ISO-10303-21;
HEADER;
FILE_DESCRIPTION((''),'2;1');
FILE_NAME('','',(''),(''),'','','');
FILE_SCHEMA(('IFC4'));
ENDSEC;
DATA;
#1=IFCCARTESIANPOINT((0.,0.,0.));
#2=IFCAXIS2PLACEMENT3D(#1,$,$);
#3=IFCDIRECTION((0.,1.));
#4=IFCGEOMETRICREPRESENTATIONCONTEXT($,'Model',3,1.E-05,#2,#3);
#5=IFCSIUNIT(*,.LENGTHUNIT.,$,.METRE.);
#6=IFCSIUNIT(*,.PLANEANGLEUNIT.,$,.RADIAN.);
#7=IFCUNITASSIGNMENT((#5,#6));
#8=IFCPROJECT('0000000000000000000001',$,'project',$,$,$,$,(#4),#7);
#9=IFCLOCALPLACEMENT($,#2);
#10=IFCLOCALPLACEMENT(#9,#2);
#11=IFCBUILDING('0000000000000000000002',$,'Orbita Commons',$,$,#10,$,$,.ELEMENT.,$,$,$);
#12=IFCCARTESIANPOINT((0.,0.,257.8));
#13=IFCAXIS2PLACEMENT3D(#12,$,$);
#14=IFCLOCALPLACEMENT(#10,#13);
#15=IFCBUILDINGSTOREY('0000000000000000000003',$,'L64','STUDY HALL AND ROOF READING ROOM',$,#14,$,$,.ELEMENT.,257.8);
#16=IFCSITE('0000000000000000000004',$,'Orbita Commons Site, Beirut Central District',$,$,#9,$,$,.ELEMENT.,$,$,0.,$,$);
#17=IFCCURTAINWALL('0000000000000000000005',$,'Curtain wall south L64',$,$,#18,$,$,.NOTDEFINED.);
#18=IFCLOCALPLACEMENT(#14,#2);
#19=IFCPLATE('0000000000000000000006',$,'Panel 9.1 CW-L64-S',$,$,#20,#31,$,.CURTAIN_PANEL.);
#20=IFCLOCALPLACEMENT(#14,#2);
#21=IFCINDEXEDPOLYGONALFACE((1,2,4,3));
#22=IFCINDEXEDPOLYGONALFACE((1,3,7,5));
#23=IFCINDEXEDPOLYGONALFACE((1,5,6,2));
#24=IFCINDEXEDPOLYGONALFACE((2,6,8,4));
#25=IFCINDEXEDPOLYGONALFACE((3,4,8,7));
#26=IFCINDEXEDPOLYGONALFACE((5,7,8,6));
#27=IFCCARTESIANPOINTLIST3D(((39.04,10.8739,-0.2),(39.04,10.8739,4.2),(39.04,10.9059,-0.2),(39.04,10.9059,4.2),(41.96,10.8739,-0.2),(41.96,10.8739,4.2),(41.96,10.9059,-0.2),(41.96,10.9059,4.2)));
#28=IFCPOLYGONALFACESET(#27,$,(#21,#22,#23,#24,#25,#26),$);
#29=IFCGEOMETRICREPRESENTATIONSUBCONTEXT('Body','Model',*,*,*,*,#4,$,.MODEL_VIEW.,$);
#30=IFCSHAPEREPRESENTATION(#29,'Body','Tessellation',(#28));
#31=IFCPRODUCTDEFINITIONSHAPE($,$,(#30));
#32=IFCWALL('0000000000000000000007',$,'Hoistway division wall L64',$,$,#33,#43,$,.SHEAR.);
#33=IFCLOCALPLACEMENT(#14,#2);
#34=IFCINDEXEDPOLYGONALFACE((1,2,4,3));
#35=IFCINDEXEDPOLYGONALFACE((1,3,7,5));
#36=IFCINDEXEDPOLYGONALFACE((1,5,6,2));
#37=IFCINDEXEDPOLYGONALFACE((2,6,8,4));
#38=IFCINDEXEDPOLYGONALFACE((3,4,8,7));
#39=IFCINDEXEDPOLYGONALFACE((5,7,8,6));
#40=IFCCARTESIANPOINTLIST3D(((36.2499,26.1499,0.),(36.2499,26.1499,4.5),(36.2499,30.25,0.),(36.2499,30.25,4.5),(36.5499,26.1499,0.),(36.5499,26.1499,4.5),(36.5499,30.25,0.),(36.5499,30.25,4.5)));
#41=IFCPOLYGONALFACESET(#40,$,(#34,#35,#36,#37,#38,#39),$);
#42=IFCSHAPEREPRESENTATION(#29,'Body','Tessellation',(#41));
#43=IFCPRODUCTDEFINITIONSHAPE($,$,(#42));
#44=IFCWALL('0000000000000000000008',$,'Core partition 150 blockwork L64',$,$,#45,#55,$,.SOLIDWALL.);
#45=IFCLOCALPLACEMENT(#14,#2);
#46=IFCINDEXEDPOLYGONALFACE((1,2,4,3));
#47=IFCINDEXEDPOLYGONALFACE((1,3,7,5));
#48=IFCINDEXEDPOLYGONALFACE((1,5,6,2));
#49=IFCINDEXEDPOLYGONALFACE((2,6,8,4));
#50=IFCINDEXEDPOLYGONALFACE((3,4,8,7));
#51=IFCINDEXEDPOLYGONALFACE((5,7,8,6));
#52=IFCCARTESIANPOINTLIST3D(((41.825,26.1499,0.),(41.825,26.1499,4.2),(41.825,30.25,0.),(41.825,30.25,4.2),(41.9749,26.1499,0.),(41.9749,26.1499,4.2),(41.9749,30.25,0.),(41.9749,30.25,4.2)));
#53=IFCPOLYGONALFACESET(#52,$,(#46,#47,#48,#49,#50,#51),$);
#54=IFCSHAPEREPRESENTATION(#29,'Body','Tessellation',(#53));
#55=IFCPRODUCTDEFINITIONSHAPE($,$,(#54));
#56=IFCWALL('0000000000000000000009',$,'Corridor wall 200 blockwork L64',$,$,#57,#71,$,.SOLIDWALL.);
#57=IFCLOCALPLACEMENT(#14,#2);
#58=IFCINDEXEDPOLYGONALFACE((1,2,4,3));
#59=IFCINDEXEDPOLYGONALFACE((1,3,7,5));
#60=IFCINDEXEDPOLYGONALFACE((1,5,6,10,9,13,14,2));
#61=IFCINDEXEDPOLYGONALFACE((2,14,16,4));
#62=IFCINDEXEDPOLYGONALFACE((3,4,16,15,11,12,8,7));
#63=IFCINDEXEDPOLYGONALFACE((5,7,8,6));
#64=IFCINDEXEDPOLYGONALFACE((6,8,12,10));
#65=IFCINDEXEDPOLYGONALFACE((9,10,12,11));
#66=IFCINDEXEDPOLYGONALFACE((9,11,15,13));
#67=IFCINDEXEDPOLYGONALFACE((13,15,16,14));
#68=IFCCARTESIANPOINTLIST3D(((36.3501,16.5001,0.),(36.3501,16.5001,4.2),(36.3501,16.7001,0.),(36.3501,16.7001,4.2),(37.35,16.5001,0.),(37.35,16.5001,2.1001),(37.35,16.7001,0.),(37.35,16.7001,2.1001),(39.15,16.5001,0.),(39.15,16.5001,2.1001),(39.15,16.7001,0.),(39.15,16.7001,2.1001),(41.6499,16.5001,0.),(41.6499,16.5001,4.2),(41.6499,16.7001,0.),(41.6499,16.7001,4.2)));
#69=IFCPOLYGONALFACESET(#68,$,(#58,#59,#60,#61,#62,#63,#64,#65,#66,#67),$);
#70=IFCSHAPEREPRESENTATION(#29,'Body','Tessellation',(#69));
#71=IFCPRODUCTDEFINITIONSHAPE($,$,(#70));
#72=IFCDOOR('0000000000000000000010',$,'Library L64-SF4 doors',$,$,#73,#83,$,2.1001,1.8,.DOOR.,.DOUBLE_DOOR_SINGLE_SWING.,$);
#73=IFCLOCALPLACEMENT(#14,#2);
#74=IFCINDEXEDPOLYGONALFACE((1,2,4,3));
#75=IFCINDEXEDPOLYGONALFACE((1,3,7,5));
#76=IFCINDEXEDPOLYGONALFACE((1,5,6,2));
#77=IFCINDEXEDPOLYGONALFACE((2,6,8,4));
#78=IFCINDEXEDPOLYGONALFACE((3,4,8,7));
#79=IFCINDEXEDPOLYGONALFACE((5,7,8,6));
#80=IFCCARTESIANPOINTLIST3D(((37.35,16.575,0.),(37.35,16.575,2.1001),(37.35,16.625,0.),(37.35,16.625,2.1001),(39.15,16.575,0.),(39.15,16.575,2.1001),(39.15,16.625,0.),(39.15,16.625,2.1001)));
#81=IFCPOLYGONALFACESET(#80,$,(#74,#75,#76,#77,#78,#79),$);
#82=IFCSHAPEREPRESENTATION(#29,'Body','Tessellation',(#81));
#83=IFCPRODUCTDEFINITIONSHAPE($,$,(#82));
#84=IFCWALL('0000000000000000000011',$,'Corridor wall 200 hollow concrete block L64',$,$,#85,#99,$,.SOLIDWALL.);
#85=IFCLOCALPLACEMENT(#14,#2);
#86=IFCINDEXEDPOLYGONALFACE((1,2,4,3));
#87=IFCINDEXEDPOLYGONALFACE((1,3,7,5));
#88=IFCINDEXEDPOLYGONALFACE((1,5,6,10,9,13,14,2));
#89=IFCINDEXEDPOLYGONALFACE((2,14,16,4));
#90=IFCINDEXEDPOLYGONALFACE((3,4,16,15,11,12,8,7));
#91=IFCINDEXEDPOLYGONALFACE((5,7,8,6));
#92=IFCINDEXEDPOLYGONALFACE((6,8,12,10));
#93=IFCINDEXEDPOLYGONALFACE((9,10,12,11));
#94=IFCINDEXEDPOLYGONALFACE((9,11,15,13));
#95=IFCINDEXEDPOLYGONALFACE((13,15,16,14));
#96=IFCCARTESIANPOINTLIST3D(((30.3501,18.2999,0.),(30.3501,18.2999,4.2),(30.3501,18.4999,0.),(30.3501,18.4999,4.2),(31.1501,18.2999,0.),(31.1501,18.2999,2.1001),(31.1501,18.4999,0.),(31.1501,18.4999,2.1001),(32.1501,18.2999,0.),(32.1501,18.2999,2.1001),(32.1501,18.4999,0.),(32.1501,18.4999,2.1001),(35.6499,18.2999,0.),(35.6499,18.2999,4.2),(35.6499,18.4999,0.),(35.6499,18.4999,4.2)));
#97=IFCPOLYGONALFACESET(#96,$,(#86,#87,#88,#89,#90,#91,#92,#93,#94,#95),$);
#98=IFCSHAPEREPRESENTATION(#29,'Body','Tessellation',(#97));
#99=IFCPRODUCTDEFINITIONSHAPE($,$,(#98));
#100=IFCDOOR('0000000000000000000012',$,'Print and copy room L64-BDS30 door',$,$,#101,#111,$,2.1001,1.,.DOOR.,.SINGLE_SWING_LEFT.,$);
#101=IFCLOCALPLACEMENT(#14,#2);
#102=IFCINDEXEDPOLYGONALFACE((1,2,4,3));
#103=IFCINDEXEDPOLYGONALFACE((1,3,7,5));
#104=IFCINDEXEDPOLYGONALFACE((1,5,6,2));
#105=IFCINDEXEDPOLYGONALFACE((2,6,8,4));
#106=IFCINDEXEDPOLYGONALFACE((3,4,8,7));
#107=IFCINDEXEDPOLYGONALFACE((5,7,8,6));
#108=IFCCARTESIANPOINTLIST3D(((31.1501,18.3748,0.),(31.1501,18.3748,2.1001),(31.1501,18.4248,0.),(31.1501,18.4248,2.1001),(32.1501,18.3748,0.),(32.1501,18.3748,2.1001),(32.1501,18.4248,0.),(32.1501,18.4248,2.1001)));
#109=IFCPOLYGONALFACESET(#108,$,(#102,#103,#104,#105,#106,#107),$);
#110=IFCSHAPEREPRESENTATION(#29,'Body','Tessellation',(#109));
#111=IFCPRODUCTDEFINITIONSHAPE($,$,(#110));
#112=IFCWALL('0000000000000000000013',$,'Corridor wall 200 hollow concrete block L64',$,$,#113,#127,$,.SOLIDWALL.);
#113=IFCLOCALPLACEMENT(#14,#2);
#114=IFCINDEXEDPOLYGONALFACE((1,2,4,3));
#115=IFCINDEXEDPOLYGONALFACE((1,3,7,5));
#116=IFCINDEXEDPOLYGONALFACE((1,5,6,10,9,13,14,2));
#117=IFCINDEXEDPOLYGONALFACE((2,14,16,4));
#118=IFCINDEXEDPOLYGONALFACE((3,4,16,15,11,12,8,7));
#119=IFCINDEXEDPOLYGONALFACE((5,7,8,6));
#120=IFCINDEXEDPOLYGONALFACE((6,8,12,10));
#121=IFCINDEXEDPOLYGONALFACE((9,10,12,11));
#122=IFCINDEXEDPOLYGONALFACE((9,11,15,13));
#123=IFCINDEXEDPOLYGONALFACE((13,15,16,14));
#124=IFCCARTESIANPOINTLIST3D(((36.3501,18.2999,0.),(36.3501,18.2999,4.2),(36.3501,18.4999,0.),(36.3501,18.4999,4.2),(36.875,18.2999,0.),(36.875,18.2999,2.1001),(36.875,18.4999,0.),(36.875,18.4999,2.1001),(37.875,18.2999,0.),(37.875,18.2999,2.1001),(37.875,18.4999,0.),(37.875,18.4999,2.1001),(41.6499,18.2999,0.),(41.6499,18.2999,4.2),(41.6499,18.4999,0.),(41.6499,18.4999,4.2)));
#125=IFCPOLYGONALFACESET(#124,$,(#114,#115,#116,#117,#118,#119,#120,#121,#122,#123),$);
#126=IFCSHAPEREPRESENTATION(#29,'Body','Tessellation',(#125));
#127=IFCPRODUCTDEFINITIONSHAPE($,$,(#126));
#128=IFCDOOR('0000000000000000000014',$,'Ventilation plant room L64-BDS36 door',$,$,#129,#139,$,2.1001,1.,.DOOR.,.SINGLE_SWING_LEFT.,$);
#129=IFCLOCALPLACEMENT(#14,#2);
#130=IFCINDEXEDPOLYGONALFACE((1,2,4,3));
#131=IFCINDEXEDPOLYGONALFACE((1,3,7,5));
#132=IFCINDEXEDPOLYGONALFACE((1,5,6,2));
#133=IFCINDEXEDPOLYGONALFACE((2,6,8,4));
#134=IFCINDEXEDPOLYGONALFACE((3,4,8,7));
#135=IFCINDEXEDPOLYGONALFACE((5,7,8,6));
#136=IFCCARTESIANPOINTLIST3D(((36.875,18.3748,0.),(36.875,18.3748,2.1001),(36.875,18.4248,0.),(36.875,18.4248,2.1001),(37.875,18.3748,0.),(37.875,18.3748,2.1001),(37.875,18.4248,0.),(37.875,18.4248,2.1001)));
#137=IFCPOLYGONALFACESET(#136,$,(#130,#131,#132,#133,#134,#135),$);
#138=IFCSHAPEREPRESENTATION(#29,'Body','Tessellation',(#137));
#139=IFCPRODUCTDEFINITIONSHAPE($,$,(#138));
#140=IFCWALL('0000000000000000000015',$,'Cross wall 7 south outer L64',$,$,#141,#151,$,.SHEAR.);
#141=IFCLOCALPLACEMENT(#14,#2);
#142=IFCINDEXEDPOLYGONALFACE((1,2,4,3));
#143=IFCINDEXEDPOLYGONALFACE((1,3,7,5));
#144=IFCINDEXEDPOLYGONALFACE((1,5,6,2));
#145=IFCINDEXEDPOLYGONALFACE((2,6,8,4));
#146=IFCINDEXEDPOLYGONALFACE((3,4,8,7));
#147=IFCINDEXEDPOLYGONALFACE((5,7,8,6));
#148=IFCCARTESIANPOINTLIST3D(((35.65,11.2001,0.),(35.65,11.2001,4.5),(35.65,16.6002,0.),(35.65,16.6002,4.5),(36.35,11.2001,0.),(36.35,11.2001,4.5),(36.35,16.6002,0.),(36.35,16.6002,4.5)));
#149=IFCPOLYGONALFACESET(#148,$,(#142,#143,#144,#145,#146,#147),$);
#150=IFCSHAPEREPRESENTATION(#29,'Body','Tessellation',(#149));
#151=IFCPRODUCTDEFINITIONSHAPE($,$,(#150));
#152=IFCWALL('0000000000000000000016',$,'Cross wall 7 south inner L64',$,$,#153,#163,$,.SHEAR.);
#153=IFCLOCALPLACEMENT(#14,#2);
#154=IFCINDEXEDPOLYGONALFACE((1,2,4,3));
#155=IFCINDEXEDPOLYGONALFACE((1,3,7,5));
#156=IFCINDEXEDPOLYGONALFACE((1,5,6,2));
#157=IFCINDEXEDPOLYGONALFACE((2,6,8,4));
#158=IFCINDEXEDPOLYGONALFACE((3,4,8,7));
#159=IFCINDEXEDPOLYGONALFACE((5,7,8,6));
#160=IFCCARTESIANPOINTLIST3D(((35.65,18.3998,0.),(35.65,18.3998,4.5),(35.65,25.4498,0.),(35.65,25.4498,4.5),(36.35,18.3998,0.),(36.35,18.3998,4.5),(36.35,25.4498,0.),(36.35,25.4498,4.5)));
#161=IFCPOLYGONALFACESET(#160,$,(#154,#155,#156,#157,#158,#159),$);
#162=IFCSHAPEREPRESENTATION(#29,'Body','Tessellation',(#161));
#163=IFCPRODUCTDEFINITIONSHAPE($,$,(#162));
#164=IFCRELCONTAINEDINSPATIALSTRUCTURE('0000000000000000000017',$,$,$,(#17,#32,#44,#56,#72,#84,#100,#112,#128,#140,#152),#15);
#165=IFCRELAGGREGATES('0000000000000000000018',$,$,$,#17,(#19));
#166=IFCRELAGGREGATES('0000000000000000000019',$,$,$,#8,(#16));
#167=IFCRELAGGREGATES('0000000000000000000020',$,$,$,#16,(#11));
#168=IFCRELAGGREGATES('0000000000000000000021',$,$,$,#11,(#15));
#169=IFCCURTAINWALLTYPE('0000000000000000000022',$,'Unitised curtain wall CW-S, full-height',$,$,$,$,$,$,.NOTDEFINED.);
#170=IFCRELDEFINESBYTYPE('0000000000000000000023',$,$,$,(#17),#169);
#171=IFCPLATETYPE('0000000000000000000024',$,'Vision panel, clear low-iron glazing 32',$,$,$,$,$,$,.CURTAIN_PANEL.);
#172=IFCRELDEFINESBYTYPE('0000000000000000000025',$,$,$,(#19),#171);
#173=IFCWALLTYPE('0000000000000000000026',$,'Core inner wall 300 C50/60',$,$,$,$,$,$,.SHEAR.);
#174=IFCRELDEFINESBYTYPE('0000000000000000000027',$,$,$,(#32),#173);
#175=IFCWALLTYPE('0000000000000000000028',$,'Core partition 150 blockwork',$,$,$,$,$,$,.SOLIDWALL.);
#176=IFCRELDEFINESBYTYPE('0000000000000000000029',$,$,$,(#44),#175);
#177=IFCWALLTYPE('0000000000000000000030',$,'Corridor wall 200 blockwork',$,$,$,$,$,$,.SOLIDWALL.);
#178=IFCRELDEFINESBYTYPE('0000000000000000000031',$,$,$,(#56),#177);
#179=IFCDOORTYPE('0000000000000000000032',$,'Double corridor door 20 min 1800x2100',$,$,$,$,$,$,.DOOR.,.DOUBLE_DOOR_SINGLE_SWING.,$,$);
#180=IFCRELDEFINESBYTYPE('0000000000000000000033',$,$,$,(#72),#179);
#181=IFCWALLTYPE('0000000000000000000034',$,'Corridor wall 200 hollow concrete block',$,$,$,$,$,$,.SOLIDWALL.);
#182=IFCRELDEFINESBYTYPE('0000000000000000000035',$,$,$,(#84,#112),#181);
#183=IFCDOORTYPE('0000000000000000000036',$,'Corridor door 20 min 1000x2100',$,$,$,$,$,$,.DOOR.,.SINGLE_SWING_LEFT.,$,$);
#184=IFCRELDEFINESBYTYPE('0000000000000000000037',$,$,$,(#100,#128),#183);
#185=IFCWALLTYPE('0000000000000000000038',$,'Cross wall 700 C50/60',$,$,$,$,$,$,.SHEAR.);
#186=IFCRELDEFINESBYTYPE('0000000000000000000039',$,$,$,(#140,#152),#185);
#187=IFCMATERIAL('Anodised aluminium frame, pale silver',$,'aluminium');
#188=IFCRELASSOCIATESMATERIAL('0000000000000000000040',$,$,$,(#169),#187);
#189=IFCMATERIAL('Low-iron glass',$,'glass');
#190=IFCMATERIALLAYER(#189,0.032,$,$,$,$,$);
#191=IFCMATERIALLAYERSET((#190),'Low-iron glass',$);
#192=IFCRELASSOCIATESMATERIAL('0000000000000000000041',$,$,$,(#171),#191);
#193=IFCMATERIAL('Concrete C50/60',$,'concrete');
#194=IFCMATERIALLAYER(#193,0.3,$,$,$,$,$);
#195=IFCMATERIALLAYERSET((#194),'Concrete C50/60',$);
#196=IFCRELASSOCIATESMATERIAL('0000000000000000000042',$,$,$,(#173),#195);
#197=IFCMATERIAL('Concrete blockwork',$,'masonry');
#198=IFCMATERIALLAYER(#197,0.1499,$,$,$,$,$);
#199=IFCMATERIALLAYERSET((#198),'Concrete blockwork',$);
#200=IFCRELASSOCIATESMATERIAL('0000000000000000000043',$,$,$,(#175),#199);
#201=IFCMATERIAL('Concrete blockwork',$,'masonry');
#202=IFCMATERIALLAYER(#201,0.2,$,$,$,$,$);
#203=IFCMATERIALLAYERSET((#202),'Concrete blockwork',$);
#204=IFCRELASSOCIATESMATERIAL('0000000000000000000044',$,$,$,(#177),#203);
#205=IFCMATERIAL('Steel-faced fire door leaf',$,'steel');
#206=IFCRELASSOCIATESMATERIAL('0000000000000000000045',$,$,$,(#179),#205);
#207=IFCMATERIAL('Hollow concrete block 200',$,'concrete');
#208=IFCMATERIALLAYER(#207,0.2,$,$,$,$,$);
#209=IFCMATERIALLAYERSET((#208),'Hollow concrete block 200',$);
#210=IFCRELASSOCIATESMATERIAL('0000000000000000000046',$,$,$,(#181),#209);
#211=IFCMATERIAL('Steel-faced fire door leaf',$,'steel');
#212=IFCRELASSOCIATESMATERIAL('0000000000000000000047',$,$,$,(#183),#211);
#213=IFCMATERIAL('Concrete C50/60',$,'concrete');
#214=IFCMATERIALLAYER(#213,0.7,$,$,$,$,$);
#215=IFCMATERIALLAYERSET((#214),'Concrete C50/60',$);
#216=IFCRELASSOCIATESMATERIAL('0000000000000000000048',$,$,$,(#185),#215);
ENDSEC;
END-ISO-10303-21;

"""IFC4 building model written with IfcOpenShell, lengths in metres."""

from ifc_helpers import new_model, si_unit, direction, frame, frame_2d, origin, origin_2d, place, context, subcontext, project, spatial, rectangle, extrude, material, layer, layer_set, type_object, element, fill, aggregate, save


model = new_model("IFC4")

# Units and contexts
model_context = context("Model", 3, precision=1e-05, world=origin(), true_north=direction((0.0, 1.0)))
body_context = subcontext(model_context, "Body", "Model", "MODEL_VIEW")
ifc_project = project(units=[si_unit("LENGTHUNIT", "METRE"), si_unit("PLANEANGLEUNIT", "RADIAN")], contexts=[model_context])

# Site, building, storey
site_placement = place(None, origin())
site = spatial("IfcSite", under=ifc_project, at=site_placement, Name="Orbita Commons Site, Beirut Central District", CompositionType="ELEMENT", RefElevation=0.0)
building_placement = place(site_placement, origin())
building = spatial("IfcBuilding", under=site, at=building_placement, Name="Orbita Commons", CompositionType="ELEMENT")
storey_placement = place(building_placement, frame((0.0, 0.0, 257.8)))
storey = spatial("IfcBuildingStorey", under=building, at=storey_placement, Name="L64", Description="STUDY HALL AND ROOF READING ROOM", CompositionType="ELEMENT", Elevation=257.8)

# Curtain wall
ifc_material_1 = material(Name="Anodised aluminium frame, pale silver", Category="aluminium")
curtain_wall_type = type_object("IfcCurtainWallType", Name="Unitised curtain wall CW-S, full-height", PredefinedType="NOTDEFINED", material=ifc_material_1)
curtain_wall_placement = place(storey_placement, origin())
curtain_wall = element("IfcCurtainWall", 1, at=curtain_wall_placement, inside=storey, type_object=curtain_wall_type, Name="Curtain wall south L64", PredefinedType="NOTDEFINED")

# Plate
ifc_material_2 = material(Name="Low-iron glass", Category="glass")
ifc_layer_1 = layer(ifc_material_2, 0.032)
ifc_layer_set_1 = layer_set([ifc_layer_1], Name="Low-iron glass")
plate_type = type_object("IfcPlateType", Name="Vision panel, clear low-iron glazing 32", PredefinedType="CURTAIN_PANEL", material=ifc_layer_set_1)
plate_1_placement = place(storey_placement, frame((40.5, 10.8899, -0.2), z_axis=(0.0, 0.0, 1.0), x_axis=(1.0, 0.0, 0.0)))
plate_1 = element("IfcPlate", 2, at=plate_1_placement, type_object=plate_type, Name="Panel 9.1 CW-L64-S", PredefinedType="CURTAIN_PANEL", context=body_context, shape_type="SweptSolid", body=[
    extrude(rectangle(XDim=2.9199, YDim=0.032, at=origin_2d()), origin(), (0.0, 0.0, 1.0), 4.3999),
])
aggregate(curtain_wall, [plate_1])

# Walls
ifc_material_3 = material(Name="Concrete C50/60", Category="concrete")
ifc_layer_2 = layer(ifc_material_3, 0.3)
ifc_layer_set_2 = layer_set([ifc_layer_2], Name="Concrete C50/60")
wall_type_1 = type_object("IfcWallType", Name="Core inner wall 300 C50/60", PredefinedType="SHEAR", material=ifc_layer_set_2)
wall_1_placement = place(storey_placement, frame((36.3999, 26.1499, 0.0), z_axis=(0.0, 0.0, 1.0), x_axis=(0.0, 1.0, 0.0)))
element("IfcWall", 3, at=wall_1_placement, inside=storey, type_object=wall_type_1, Name="Hoistway division wall L64", PredefinedType="SHEAR", context=body_context, shape_type="SweptSolid", body=[
    extrude(rectangle(XDim=4.1001, YDim=0.3, at=frame_2d((2.05, 0.0))), origin(), (0.0, 0.0, 1.0), 4.5),
])
ifc_material_4 = material(Name="Concrete blockwork", Category="masonry")
ifc_layer_3 = layer(ifc_material_4, 0.1499)
ifc_layer_set_3 = layer_set([ifc_layer_3], Name="Concrete blockwork")
wall_type_2 = type_object("IfcWallType", Name="Core partition 150 blockwork", PredefinedType="SOLIDWALL", material=ifc_layer_set_3)
wall_2_placement = place(storey_placement, frame((41.8999, 26.1499, 0.0), z_axis=(0.0, 0.0, 1.0), x_axis=(0.0, 1.0, 0.0)))
element("IfcWall", 4, at=wall_2_placement, inside=storey, type_object=wall_type_2, Name="Core partition 150 blockwork L64", PredefinedType="SOLIDWALL", context=body_context, shape_type="SweptSolid", body=[
    extrude(rectangle(XDim=4.1001, YDim=0.1499, at=frame_2d((2.05, 0.0))), origin(), (0.0, 0.0, 1.0), 4.2),
])

# Walls, openings, doors
ifc_material_5 = material(Name="Concrete blockwork", Category="masonry")
ifc_layer_4 = layer(ifc_material_5, 0.2)
ifc_layer_set_4 = layer_set([ifc_layer_4], Name="Concrete blockwork")
wall_type_3 = type_object("IfcWallType", Name="Corridor wall 200 blockwork", PredefinedType="SOLIDWALL", material=ifc_layer_set_4)
wall_3_placement = place(storey_placement, frame((36.3501, 16.6001, 0.0), z_axis=(0.0, 0.0, 1.0), x_axis=(1.0, 0.0, 0.0)))
wall_3 = element("IfcWall", 5, at=wall_3_placement, inside=storey, type_object=wall_type_3, Name="Corridor wall 200 blockwork L64", PredefinedType="SOLIDWALL", context=body_context, shape_type="SweptSolid", body=[
    extrude(rectangle(XDim=5.2998, YDim=0.2, at=frame_2d((2.6499, 0.0))), origin(), (0.0, 0.0, 1.0), 4.2),
])
opening_1_placement = place(wall_3_placement, frame((1.0, 0.0, 0.0)))
opening_1 = element("IfcOpeningElement", 6, at=opening_1_placement, cuts=wall_3, PredefinedType="OPENING", context=body_context, shape_type="SweptSolid", body=[
    extrude(rectangle(XDim=1.8, YDim=2.1001, at=frame_2d((0.8999, 1.05))), frame((0.0, 0.1099, 0.0), z_axis=(0.0, -1.0, 0.0), x_axis=(1.0, 0.0, 0.0)), (0.0, 0.0, 1.0), 0.22),
])
ifc_material_6 = material(Name="Steel-faced fire door leaf", Category="steel")
door_type_1 = type_object("IfcDoorType", Name="Double corridor door 20 min 1800x2100", OperationType="DOUBLE_DOOR_SINGLE_SWING", PredefinedType="DOOR", material=ifc_material_6)
door_1_placement = place(opening_1_placement, origin())
door_1 = element("IfcDoor", 7, at=door_1_placement, inside=storey, type_object=door_type_1, Name="Library L64-SF4 doors", OperationType="DOUBLE_DOOR_SINGLE_SWING", OverallHeight=2.1001, OverallWidth=1.8, PredefinedType="DOOR", context=body_context, shape_type="SweptSolid", body=[
    extrude(rectangle(XDim=1.8, YDim=2.1001, at=frame_2d((0.8999, 1.05))), frame((0.0, 0.0249, 0.0), z_axis=(0.0, -1.0, 0.0), x_axis=(1.0, 0.0, 0.0)), (0.0, 0.0, 1.0), 0.05),
])
fill(opening_1, door_1)
ifc_material_7 = material(Name="Hollow concrete block 200", Category="concrete")
ifc_layer_5 = layer(ifc_material_7, 0.2)
ifc_layer_set_5 = layer_set([ifc_layer_5], Name="Hollow concrete block 200")
wall_type_4 = type_object("IfcWallType", Name="Corridor wall 200 hollow concrete block", PredefinedType="SOLIDWALL", material=ifc_layer_set_5)
wall_4_placement = place(storey_placement, frame((30.3501, 18.3999, 0.0), z_axis=(0.0, 0.0, 1.0), x_axis=(1.0, 0.0, 0.0)))
wall_4 = element("IfcWall", 8, at=wall_4_placement, inside=storey, type_object=wall_type_4, Name="Corridor wall 200 hollow concrete block L64", PredefinedType="SOLIDWALL", context=body_context, shape_type="SweptSolid", body=[
    extrude(rectangle(XDim=5.2998, YDim=0.2, at=frame_2d((2.6499, 0.0))), origin(), (0.0, 0.0, 1.0), 4.2),
])
opening_2_placement = place(wall_4_placement, frame((0.8, 0.0, 0.0)))
opening_2 = element("IfcOpeningElement", 9, at=opening_2_placement, cuts=wall_4, PredefinedType="OPENING", context=body_context, shape_type="SweptSolid", body=[
    extrude(rectangle(XDim=1.0, YDim=2.1001, at=frame_2d((0.5, 1.05))), frame((0.0, 0.1099, 0.0), z_axis=(0.0, -1.0, 0.0), x_axis=(1.0, 0.0, 0.0)), (0.0, 0.0, 1.0), 0.22),
])
ifc_material_8 = material(Name="Steel-faced fire door leaf", Category="steel")
door_type_2 = type_object("IfcDoorType", Name="Corridor door 20 min 1000x2100", OperationType="SINGLE_SWING_LEFT", PredefinedType="DOOR", material=ifc_material_8)
door_2_placement = place(opening_2_placement, origin())
door_2 = element("IfcDoor", 10, at=door_2_placement, inside=storey, type_object=door_type_2, Name="Print and copy room L64-BDS30 door", OperationType="SINGLE_SWING_LEFT", OverallHeight=2.1001, OverallWidth=1.0, PredefinedType="DOOR", context=body_context, shape_type="SweptSolid", body=[
    extrude(rectangle(XDim=1.0, YDim=2.1001, at=frame_2d((0.5, 1.05))), frame((0.0, 0.0249, 0.0), z_axis=(0.0, -1.0, 0.0), x_axis=(1.0, 0.0, 0.0)), (0.0, 0.0, 1.0), 0.05),
])
fill(opening_2, door_2)
wall_5_placement = place(storey_placement, frame((36.3501, 18.3999, 0.0), z_axis=(0.0, 0.0, 1.0), x_axis=(1.0, 0.0, 0.0)))
wall_5 = element("IfcWall", 11, at=wall_5_placement, inside=storey, type_object=wall_type_4, Name="Corridor wall 200 hollow concrete block L64", PredefinedType="SOLIDWALL", context=body_context, shape_type="SweptSolid", body=[
    extrude(rectangle(XDim=5.2998, YDim=0.2, at=frame_2d((2.6499, 0.0))), origin(), (0.0, 0.0, 1.0), 4.2),
])
opening_3_placement = place(wall_5_placement, frame((0.5249, 0.0, 0.0)))
opening_3 = element("IfcOpeningElement", 12, at=opening_3_placement, cuts=wall_5, PredefinedType="OPENING", context=body_context, shape_type="SweptSolid", body=[
    extrude(rectangle(XDim=1.0, YDim=2.1001, at=frame_2d((0.5, 1.05))), frame((0.0, 0.1099, 0.0), z_axis=(0.0, -1.0, 0.0), x_axis=(1.0, 0.0, 0.0)), (0.0, 0.0, 1.0), 0.22),
])
door_3_placement = place(opening_3_placement, origin())
door_3 = element("IfcDoor", 13, at=door_3_placement, inside=storey, type_object=door_type_2, Name="Ventilation plant room L64-BDS36 door", OperationType="SINGLE_SWING_LEFT", OverallHeight=2.1001, OverallWidth=1.0, PredefinedType="DOOR", context=body_context, shape_type="SweptSolid", body=[
    extrude(rectangle(XDim=1.0, YDim=2.1001, at=frame_2d((0.5, 1.05))), frame((0.0, 0.0249, 0.0), z_axis=(0.0, -1.0, 0.0), x_axis=(1.0, 0.0, 0.0)), (0.0, 0.0, 1.0), 0.05),
])
fill(opening_3, door_3)

# Walls
ifc_material_9 = material(Name="Concrete C50/60", Category="concrete")
ifc_layer_6 = layer(ifc_material_9, 0.7)
ifc_layer_set_6 = layer_set([ifc_layer_6], Name="Concrete C50/60")
wall_type_5 = type_object("IfcWallType", Name="Cross wall 700 C50/60", PredefinedType="SHEAR", material=ifc_layer_set_6)
wall_6_placement = place(storey_placement, frame((36.0, 11.2, 0.0), z_axis=(0.0, 0.0, 1.0), x_axis=(0.0, 1.0, 0.0)))
element("IfcWall", 14, at=wall_6_placement, inside=storey, type_object=wall_type_5, Name="Cross wall 7 south outer L64", PredefinedType="SHEAR", context=body_context, shape_type="SweptSolid", body=[
    extrude(rectangle(XDim=5.4001, YDim=0.7, at=frame_2d((2.7002, 0.0))), origin(), (0.0, 0.0, 1.0), 4.5),
])
wall_7_placement = place(storey_placement, frame((36.0, 18.3999, 0.0), z_axis=(0.0, 0.0, 1.0), x_axis=(0.0, 1.0, 0.0)))
element("IfcWall", 15, at=wall_7_placement, inside=storey, type_object=wall_type_5, Name="Cross wall 7 south inner L64", PredefinedType="SHEAR", context=body_context, shape_type="SweptSolid", body=[
    extrude(rectangle(XDim=7.05, YDim=0.7, at=frame_2d((3.5249, 0.0))), origin(), (0.0, 0.0, 1.0), 4.5),
])

save(model, "model.ifc")
